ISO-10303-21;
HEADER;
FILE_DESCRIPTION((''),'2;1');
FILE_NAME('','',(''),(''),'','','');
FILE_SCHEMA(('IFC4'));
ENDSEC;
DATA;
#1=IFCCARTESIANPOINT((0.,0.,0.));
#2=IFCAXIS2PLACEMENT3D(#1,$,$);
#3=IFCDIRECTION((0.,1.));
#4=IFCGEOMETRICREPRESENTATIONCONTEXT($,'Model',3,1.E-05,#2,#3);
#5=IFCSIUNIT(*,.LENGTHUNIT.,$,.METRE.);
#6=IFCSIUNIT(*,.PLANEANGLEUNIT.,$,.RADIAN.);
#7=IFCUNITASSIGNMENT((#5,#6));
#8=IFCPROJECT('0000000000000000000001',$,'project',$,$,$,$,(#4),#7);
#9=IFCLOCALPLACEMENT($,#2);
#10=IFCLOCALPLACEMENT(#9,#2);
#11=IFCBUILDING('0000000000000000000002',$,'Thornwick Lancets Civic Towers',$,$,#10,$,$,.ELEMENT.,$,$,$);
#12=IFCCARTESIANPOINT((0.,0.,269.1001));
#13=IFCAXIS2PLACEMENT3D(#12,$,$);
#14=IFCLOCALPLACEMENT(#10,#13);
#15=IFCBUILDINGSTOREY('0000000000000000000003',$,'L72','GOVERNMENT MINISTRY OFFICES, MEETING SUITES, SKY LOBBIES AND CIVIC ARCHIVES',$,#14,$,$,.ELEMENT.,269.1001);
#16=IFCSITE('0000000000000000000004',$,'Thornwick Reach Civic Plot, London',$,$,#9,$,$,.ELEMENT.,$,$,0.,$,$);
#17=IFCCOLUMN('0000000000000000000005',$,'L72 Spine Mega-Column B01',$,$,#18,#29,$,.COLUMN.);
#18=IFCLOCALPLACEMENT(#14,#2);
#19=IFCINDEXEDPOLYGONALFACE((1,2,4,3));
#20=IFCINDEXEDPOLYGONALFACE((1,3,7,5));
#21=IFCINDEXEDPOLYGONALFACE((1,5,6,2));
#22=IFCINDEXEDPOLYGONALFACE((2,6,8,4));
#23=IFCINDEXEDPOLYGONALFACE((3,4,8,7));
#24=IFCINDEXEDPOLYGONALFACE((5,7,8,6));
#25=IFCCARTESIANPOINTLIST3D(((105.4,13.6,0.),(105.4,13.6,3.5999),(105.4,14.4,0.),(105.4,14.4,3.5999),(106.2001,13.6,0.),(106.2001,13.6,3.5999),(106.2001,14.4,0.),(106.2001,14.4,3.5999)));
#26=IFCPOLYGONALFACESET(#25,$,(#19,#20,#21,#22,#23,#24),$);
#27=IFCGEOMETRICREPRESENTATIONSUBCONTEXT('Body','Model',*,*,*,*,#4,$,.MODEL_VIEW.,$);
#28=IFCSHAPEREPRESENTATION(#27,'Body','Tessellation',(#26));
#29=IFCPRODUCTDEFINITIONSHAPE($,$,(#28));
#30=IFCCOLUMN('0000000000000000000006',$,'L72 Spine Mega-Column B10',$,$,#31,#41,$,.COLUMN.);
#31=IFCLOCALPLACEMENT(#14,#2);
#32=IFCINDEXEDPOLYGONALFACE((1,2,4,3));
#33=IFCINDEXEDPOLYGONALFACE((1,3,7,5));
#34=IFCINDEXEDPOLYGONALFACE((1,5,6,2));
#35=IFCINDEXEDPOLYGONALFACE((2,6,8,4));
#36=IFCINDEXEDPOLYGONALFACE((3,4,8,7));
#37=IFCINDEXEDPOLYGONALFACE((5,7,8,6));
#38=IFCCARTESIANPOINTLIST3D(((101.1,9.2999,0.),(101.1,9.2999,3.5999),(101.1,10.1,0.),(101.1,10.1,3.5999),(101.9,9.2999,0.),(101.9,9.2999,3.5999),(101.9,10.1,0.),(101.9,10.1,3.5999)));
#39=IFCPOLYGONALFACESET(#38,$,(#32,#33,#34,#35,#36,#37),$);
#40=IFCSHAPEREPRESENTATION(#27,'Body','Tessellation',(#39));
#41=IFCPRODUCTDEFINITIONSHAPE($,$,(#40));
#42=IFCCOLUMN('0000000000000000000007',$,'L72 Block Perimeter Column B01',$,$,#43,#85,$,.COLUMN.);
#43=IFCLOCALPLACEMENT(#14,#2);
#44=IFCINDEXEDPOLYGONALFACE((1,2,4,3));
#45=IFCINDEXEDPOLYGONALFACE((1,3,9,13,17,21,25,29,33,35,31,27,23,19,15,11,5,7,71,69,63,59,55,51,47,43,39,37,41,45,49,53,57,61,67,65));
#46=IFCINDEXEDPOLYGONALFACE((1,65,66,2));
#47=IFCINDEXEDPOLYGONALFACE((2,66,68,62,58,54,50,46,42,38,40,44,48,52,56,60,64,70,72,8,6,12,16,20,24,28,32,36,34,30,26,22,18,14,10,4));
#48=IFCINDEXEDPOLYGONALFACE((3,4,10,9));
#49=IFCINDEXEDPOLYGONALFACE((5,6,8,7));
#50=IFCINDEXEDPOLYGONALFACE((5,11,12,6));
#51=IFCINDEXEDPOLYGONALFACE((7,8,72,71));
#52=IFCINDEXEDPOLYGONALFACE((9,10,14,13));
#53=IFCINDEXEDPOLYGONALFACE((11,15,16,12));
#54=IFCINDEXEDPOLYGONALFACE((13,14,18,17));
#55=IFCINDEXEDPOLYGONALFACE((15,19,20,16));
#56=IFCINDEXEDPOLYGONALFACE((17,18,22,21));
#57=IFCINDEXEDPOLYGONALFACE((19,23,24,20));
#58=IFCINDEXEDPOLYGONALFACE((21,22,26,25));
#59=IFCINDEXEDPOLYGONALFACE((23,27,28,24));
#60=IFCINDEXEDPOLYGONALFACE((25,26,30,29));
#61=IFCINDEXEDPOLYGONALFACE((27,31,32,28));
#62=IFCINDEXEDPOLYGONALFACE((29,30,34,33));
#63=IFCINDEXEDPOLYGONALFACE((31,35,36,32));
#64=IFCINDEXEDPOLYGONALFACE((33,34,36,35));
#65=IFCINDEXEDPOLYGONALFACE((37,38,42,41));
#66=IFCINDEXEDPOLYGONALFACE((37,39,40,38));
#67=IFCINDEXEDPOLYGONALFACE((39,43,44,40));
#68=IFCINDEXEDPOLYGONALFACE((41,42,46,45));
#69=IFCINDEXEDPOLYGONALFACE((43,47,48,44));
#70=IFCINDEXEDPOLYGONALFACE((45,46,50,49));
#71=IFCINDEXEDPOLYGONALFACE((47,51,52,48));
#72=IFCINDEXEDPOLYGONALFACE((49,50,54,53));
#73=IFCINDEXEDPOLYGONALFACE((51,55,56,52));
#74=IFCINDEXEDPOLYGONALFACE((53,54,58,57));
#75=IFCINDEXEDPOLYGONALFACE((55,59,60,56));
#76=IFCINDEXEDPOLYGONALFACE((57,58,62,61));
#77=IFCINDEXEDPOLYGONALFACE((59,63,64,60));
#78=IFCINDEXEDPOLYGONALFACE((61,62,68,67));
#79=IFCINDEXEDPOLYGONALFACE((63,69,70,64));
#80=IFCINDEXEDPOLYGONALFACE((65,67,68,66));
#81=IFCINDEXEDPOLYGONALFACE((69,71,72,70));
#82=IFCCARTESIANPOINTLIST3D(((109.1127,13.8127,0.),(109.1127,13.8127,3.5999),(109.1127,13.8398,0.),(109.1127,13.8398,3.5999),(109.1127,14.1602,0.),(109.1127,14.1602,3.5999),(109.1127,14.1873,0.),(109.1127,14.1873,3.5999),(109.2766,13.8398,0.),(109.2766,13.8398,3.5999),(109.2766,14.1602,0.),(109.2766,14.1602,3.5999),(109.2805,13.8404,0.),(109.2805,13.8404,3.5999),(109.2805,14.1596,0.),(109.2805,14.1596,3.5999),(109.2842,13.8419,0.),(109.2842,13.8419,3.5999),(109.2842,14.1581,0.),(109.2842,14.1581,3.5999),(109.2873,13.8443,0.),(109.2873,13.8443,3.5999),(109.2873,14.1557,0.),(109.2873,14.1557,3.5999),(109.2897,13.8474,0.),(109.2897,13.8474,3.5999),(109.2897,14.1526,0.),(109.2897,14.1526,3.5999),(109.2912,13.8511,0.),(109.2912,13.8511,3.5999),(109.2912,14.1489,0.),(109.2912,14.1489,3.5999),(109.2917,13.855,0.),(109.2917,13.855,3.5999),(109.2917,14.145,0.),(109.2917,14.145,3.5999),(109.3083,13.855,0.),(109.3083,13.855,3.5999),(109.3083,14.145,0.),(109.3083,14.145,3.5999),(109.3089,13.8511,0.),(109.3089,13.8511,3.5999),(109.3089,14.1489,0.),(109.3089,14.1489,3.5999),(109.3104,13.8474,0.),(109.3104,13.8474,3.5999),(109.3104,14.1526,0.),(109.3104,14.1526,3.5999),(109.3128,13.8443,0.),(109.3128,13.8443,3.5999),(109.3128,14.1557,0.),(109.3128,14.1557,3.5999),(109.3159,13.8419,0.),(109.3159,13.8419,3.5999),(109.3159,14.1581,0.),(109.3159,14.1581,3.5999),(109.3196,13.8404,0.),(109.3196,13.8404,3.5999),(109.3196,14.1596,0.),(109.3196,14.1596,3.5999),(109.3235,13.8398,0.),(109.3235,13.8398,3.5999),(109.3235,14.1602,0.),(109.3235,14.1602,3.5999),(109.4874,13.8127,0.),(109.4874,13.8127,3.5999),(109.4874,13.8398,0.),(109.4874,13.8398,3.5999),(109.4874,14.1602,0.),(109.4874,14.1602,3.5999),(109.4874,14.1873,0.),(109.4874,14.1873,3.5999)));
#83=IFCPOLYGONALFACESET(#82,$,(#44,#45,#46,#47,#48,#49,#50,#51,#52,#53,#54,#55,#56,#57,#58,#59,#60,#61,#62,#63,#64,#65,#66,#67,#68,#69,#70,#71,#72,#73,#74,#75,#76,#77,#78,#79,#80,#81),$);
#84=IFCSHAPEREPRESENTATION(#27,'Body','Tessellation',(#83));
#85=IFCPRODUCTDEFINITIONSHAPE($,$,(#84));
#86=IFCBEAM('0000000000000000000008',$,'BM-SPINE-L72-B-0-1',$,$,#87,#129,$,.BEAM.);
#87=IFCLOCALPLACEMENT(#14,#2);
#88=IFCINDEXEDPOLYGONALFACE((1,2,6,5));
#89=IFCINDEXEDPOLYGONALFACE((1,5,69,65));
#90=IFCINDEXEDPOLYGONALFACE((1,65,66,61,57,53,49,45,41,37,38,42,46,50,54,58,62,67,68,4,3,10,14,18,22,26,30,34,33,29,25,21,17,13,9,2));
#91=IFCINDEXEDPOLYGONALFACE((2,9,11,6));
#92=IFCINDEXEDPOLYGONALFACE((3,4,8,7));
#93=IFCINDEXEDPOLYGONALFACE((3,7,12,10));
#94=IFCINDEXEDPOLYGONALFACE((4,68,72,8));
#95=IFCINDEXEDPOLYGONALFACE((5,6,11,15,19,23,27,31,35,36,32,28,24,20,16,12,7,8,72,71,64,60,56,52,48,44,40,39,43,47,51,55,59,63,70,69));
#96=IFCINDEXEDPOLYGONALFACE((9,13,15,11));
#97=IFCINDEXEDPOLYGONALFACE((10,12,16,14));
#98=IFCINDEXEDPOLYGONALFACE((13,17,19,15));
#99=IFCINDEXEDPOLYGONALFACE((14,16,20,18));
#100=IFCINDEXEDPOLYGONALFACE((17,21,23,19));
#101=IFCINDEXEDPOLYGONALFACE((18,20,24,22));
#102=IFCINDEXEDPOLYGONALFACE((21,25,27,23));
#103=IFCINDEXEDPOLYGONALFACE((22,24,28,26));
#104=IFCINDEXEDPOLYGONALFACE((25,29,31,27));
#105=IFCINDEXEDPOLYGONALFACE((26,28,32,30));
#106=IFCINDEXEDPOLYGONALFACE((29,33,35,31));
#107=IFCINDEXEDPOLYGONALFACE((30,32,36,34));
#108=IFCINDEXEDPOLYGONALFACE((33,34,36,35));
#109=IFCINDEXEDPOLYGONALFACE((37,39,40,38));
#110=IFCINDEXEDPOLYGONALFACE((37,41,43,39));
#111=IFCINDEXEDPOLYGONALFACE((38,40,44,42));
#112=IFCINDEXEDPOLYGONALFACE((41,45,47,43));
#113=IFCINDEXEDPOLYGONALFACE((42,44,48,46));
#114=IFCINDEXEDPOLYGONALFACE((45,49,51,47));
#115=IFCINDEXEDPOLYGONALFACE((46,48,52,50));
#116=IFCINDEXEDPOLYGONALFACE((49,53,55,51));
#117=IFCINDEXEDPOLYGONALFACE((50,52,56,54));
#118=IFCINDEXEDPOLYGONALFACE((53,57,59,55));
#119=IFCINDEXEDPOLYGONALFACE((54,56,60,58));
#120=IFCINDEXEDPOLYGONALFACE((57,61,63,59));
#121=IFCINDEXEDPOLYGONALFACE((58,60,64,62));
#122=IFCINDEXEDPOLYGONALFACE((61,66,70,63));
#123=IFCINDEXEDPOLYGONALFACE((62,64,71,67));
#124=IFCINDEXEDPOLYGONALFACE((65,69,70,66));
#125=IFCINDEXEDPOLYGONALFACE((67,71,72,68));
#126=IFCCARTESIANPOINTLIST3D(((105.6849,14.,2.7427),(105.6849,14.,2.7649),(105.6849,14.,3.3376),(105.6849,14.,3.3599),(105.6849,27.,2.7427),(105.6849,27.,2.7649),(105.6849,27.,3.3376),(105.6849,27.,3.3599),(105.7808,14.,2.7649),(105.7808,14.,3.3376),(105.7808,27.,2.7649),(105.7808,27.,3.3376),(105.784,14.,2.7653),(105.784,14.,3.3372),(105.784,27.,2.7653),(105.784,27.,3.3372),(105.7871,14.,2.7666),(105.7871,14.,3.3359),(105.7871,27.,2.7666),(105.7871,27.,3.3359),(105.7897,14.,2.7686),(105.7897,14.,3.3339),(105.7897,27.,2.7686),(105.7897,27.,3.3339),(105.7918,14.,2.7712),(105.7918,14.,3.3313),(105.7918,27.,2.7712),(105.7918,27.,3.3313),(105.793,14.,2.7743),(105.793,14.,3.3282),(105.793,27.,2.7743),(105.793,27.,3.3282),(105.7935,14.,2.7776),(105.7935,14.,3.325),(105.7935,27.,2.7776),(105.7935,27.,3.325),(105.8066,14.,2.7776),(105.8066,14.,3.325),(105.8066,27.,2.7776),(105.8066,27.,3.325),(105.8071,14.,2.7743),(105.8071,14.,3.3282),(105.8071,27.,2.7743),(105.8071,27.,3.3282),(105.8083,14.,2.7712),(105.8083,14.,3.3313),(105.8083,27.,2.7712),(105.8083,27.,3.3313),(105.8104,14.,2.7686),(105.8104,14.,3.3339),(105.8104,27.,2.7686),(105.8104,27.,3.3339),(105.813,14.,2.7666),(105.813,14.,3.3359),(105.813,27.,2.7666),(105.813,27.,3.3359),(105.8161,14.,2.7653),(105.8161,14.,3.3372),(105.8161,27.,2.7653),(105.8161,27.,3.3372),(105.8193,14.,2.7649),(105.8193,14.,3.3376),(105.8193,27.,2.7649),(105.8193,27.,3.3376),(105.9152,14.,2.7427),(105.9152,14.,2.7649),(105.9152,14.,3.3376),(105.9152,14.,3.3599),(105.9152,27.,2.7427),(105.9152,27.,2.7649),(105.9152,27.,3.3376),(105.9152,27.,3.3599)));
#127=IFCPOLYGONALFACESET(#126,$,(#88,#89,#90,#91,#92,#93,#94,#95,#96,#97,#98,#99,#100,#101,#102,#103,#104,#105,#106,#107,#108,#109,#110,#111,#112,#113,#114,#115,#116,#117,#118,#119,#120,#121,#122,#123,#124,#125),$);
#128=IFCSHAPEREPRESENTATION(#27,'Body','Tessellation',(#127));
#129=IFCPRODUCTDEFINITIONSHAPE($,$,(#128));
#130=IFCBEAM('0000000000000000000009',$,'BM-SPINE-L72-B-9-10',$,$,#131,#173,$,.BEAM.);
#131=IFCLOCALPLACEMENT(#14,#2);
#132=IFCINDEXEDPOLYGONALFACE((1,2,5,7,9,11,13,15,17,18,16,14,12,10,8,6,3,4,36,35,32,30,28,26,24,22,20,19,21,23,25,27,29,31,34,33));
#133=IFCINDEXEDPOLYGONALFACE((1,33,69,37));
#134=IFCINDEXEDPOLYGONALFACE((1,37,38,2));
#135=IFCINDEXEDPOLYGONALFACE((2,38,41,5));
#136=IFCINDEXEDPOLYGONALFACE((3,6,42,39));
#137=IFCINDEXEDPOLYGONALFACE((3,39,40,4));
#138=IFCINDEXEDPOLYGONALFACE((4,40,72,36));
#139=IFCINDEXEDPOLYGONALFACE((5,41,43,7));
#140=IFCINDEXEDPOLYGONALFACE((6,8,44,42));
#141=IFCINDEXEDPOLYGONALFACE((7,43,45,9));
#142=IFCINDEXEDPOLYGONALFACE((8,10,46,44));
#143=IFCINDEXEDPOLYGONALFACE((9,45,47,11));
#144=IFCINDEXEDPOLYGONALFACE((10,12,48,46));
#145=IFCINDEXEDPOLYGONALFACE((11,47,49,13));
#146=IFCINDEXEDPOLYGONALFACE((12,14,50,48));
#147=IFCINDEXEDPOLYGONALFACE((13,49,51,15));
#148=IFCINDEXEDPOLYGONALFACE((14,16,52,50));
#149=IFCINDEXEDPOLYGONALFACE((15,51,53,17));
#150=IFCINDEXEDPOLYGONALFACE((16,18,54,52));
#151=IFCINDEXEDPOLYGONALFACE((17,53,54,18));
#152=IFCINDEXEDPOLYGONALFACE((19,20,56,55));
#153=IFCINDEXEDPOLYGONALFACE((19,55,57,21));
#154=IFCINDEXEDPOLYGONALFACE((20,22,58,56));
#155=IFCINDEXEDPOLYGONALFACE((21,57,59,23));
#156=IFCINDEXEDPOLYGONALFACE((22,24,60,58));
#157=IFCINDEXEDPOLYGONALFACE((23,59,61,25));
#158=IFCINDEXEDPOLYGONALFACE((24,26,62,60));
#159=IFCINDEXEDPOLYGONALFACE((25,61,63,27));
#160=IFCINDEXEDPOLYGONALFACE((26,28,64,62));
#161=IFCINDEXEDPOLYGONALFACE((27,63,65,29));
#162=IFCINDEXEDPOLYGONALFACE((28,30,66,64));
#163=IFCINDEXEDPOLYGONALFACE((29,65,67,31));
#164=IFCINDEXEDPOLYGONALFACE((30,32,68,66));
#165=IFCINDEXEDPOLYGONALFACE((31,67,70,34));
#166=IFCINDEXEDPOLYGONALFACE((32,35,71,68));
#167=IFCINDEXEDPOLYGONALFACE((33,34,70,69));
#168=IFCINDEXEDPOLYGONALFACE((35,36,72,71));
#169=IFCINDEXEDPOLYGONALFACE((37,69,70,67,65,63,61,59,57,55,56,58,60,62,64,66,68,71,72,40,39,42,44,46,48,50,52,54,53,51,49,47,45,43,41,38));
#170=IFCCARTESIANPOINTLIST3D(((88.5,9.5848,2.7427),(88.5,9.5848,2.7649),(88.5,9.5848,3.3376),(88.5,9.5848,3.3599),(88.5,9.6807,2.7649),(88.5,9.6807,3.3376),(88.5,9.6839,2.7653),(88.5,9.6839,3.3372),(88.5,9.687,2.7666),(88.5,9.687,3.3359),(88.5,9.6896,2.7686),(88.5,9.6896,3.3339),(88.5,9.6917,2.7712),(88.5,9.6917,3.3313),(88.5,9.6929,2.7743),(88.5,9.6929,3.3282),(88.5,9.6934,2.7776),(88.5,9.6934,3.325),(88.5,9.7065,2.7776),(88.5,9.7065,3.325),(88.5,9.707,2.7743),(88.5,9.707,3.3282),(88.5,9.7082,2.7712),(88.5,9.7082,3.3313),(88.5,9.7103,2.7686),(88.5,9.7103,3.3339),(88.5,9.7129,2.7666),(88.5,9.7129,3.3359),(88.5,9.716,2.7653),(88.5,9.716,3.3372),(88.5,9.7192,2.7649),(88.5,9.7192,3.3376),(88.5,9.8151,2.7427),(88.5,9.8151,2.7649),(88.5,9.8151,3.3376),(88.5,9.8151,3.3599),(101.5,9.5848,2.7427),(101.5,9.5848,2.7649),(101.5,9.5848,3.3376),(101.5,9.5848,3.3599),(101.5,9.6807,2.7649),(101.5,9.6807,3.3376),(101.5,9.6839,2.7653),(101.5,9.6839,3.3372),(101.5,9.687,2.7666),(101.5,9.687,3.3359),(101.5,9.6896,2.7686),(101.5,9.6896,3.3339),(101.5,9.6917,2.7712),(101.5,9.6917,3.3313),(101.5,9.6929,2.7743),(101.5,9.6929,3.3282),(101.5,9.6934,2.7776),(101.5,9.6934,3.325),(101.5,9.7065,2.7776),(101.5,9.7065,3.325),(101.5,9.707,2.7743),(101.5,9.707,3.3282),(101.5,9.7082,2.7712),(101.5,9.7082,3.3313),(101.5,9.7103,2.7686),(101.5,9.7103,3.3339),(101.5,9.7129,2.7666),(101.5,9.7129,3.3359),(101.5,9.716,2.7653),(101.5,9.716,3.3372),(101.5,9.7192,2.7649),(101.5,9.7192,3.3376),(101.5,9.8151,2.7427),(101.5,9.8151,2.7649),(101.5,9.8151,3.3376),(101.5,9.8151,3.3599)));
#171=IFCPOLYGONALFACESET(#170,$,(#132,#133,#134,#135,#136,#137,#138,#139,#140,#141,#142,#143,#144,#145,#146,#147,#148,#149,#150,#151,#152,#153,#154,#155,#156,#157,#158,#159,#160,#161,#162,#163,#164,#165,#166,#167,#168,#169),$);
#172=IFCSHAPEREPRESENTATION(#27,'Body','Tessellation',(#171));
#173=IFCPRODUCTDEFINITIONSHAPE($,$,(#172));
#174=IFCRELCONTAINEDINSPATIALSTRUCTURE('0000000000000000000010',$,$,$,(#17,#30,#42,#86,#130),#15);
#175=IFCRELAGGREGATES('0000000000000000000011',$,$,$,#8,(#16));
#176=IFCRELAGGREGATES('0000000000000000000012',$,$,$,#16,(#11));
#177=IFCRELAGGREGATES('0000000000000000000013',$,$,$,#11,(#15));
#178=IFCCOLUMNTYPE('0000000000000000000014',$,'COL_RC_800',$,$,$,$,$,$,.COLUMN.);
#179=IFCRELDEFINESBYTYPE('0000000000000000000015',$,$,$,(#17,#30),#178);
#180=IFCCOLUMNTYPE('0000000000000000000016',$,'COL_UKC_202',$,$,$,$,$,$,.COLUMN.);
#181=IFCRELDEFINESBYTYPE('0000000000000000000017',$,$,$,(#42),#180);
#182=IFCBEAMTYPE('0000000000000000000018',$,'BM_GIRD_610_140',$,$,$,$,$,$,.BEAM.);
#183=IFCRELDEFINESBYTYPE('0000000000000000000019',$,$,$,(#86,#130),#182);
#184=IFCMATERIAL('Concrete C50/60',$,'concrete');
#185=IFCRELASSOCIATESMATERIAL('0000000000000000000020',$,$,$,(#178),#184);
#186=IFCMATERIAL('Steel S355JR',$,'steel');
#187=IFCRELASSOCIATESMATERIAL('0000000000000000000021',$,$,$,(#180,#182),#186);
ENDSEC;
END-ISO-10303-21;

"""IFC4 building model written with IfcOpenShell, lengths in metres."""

from ifc_helpers import new_model, si_unit, direction, frame, origin, origin_2d, place, context, subcontext, project, spatial, rectangle, i_section, extrude, material, material_profile, profile_set, type_object, element, save


model = new_model("IFC4")

# Units and contexts
model_context = context("Model", 3, precision=1e-05, world=origin(), true_north=direction((0.0, 1.0)))
body_context = subcontext(model_context, "Body", "Model", "MODEL_VIEW")
ifc_project = project(units=[si_unit("LENGTHUNIT", "METRE"), si_unit("PLANEANGLEUNIT", "RADIAN")], contexts=[model_context])

# Site, building, storey
site_placement = place(None, origin())
site = spatial("IfcSite", under=ifc_project, at=site_placement, Name="Thornwick Reach Civic Plot, London", CompositionType="ELEMENT", RefElevation=0.0)
building_placement = place(site_placement, origin())
building = spatial("IfcBuilding", under=site, at=building_placement, Name="Thornwick Lancets Civic Towers", CompositionType="ELEMENT")
storey_placement = place(building_placement, frame((0.0, 0.0, 269.1001)))
storey = spatial("IfcBuildingStorey", under=building, at=storey_placement, Name="L72", Description="GOVERNMENT MINISTRY OFFICES, MEETING SUITES, SKY LOBBIES AND CIVIC ARCHIVES", CompositionType="ELEMENT", Elevation=269.1001)

# Columns
ifc_material_1 = material(Name="Concrete C50/60", Category="concrete")
ifc_material_profile_1 = material_profile(ifc_material_1, rectangle(XDim=0.8, YDim=0.8, at=origin_2d()), Name="RC 800x800")
ifc_profile_set_1 = profile_set([ifc_material_profile_1], Name="Concrete C50/60")
column_type_1 = type_object("IfcColumnType", Name="COL_RC_800", PredefinedType="COLUMN", material=ifc_profile_set_1)
for number, where, z_axis, x_axis, name in (
    (1, (105.8, 14.0, 0.0), (0.0, 0.0, 1.0), (1.0, 0.0, 0.0), "L72 Spine Mega-Column B01"),
    (2, (101.5, 9.7, 0.0), (0.0, 0.0, 1.0), (1.0, 0.0, 0.0), "L72 Spine Mega-Column B10"),
):
    element("IfcColumn", number, at=place(storey_placement, frame(where, z_axis=z_axis, x_axis=x_axis)), inside=storey, type_object=column_type_1, Name=name, PredefinedType="COLUMN", context=body_context, shape_type="SweptSolid", body=[
        extrude(rectangle(XDim=0.8, YDim=0.8, at=origin_2d()), origin(), (0.0, 0.0, 1.0), 3.5999),
    ])
ifc_material_2 = material(Name="Steel S355JR", Category="steel")
ifc_material_profile_2 = material_profile(ifc_material_2, i_section(OverallWidth=0.3748, OverallDepth=0.3745, WebThickness=0.0166, FlangeThickness=0.0271, FilletRadius=0.0151, at=origin_2d()), Name="UKC 356x368x202")
ifc_profile_set_2 = profile_set([ifc_material_profile_2], Name="Steel S355JR")
column_type_2 = type_object("IfcColumnType", Name="COL_UKC_202", PredefinedType="COLUMN", material=ifc_profile_set_2)
column_placement = place(storey_placement, frame((109.3, 14.0, 0.0), z_axis=(0.0, 0.0, 1.0), x_axis=(1.0, 0.0, 0.0)))
element("IfcColumn", 3, at=column_placement, inside=storey, type_object=column_type_2, Name="L72 Block Perimeter Column B01", PredefinedType="COLUMN", context=body_context, shape_type="SweptSolid", body=[
    extrude(i_section(OverallWidth=0.3748, OverallDepth=0.3745, WebThickness=0.0166, FlangeThickness=0.0271, FilletRadius=0.0151, at=origin_2d()), origin(), (0.0, 0.0, 1.0), 3.5999),
])

# Beams
ifc_material_profile_3 = material_profile(ifc_material_2, i_section(OverallWidth=0.2302, OverallDepth=0.6172, WebThickness=0.0132, FlangeThickness=0.0222, FilletRadius=0.0127, at=origin_2d()), Name="UKB 610x229x140")
ifc_profile_set_3 = profile_set([ifc_material_profile_3], Name="Steel S355JR")
beam_type_1 = type_object("IfcBeamType", Name="BM_GIRD_610_140", PredefinedType="BEAM", material=ifc_profile_set_3)
for number, where, z_axis, x_axis, name in (
    (4, (105.8, 14.0, 3.0513), (0.0, 1.0, 0.0), (-1.0, 0.0, 0.0), "BM-SPINE-L72-B-0-1"),
    (5, (101.5, 9.7, 3.0513), (-1.0, 0.0, 0.0), (0.0, -1.0, 0.0), "BM-SPINE-L72-B-9-10"),
):
    element("IfcBeam", number, at=place(storey_placement, frame(where, z_axis=z_axis, x_axis=x_axis)), inside=storey, type_object=beam_type_1, Name=name, PredefinedType="BEAM", context=body_context, shape_type="SweptSolid", body=[
        extrude(i_section(OverallWidth=0.2302, OverallDepth=0.6172, WebThickness=0.0132, FlangeThickness=0.0222, FilletRadius=0.0127, at=origin_2d()), origin(), (0.0, 0.0, 1.0), 13.0),
    ])

save(model, "model.ifc")
